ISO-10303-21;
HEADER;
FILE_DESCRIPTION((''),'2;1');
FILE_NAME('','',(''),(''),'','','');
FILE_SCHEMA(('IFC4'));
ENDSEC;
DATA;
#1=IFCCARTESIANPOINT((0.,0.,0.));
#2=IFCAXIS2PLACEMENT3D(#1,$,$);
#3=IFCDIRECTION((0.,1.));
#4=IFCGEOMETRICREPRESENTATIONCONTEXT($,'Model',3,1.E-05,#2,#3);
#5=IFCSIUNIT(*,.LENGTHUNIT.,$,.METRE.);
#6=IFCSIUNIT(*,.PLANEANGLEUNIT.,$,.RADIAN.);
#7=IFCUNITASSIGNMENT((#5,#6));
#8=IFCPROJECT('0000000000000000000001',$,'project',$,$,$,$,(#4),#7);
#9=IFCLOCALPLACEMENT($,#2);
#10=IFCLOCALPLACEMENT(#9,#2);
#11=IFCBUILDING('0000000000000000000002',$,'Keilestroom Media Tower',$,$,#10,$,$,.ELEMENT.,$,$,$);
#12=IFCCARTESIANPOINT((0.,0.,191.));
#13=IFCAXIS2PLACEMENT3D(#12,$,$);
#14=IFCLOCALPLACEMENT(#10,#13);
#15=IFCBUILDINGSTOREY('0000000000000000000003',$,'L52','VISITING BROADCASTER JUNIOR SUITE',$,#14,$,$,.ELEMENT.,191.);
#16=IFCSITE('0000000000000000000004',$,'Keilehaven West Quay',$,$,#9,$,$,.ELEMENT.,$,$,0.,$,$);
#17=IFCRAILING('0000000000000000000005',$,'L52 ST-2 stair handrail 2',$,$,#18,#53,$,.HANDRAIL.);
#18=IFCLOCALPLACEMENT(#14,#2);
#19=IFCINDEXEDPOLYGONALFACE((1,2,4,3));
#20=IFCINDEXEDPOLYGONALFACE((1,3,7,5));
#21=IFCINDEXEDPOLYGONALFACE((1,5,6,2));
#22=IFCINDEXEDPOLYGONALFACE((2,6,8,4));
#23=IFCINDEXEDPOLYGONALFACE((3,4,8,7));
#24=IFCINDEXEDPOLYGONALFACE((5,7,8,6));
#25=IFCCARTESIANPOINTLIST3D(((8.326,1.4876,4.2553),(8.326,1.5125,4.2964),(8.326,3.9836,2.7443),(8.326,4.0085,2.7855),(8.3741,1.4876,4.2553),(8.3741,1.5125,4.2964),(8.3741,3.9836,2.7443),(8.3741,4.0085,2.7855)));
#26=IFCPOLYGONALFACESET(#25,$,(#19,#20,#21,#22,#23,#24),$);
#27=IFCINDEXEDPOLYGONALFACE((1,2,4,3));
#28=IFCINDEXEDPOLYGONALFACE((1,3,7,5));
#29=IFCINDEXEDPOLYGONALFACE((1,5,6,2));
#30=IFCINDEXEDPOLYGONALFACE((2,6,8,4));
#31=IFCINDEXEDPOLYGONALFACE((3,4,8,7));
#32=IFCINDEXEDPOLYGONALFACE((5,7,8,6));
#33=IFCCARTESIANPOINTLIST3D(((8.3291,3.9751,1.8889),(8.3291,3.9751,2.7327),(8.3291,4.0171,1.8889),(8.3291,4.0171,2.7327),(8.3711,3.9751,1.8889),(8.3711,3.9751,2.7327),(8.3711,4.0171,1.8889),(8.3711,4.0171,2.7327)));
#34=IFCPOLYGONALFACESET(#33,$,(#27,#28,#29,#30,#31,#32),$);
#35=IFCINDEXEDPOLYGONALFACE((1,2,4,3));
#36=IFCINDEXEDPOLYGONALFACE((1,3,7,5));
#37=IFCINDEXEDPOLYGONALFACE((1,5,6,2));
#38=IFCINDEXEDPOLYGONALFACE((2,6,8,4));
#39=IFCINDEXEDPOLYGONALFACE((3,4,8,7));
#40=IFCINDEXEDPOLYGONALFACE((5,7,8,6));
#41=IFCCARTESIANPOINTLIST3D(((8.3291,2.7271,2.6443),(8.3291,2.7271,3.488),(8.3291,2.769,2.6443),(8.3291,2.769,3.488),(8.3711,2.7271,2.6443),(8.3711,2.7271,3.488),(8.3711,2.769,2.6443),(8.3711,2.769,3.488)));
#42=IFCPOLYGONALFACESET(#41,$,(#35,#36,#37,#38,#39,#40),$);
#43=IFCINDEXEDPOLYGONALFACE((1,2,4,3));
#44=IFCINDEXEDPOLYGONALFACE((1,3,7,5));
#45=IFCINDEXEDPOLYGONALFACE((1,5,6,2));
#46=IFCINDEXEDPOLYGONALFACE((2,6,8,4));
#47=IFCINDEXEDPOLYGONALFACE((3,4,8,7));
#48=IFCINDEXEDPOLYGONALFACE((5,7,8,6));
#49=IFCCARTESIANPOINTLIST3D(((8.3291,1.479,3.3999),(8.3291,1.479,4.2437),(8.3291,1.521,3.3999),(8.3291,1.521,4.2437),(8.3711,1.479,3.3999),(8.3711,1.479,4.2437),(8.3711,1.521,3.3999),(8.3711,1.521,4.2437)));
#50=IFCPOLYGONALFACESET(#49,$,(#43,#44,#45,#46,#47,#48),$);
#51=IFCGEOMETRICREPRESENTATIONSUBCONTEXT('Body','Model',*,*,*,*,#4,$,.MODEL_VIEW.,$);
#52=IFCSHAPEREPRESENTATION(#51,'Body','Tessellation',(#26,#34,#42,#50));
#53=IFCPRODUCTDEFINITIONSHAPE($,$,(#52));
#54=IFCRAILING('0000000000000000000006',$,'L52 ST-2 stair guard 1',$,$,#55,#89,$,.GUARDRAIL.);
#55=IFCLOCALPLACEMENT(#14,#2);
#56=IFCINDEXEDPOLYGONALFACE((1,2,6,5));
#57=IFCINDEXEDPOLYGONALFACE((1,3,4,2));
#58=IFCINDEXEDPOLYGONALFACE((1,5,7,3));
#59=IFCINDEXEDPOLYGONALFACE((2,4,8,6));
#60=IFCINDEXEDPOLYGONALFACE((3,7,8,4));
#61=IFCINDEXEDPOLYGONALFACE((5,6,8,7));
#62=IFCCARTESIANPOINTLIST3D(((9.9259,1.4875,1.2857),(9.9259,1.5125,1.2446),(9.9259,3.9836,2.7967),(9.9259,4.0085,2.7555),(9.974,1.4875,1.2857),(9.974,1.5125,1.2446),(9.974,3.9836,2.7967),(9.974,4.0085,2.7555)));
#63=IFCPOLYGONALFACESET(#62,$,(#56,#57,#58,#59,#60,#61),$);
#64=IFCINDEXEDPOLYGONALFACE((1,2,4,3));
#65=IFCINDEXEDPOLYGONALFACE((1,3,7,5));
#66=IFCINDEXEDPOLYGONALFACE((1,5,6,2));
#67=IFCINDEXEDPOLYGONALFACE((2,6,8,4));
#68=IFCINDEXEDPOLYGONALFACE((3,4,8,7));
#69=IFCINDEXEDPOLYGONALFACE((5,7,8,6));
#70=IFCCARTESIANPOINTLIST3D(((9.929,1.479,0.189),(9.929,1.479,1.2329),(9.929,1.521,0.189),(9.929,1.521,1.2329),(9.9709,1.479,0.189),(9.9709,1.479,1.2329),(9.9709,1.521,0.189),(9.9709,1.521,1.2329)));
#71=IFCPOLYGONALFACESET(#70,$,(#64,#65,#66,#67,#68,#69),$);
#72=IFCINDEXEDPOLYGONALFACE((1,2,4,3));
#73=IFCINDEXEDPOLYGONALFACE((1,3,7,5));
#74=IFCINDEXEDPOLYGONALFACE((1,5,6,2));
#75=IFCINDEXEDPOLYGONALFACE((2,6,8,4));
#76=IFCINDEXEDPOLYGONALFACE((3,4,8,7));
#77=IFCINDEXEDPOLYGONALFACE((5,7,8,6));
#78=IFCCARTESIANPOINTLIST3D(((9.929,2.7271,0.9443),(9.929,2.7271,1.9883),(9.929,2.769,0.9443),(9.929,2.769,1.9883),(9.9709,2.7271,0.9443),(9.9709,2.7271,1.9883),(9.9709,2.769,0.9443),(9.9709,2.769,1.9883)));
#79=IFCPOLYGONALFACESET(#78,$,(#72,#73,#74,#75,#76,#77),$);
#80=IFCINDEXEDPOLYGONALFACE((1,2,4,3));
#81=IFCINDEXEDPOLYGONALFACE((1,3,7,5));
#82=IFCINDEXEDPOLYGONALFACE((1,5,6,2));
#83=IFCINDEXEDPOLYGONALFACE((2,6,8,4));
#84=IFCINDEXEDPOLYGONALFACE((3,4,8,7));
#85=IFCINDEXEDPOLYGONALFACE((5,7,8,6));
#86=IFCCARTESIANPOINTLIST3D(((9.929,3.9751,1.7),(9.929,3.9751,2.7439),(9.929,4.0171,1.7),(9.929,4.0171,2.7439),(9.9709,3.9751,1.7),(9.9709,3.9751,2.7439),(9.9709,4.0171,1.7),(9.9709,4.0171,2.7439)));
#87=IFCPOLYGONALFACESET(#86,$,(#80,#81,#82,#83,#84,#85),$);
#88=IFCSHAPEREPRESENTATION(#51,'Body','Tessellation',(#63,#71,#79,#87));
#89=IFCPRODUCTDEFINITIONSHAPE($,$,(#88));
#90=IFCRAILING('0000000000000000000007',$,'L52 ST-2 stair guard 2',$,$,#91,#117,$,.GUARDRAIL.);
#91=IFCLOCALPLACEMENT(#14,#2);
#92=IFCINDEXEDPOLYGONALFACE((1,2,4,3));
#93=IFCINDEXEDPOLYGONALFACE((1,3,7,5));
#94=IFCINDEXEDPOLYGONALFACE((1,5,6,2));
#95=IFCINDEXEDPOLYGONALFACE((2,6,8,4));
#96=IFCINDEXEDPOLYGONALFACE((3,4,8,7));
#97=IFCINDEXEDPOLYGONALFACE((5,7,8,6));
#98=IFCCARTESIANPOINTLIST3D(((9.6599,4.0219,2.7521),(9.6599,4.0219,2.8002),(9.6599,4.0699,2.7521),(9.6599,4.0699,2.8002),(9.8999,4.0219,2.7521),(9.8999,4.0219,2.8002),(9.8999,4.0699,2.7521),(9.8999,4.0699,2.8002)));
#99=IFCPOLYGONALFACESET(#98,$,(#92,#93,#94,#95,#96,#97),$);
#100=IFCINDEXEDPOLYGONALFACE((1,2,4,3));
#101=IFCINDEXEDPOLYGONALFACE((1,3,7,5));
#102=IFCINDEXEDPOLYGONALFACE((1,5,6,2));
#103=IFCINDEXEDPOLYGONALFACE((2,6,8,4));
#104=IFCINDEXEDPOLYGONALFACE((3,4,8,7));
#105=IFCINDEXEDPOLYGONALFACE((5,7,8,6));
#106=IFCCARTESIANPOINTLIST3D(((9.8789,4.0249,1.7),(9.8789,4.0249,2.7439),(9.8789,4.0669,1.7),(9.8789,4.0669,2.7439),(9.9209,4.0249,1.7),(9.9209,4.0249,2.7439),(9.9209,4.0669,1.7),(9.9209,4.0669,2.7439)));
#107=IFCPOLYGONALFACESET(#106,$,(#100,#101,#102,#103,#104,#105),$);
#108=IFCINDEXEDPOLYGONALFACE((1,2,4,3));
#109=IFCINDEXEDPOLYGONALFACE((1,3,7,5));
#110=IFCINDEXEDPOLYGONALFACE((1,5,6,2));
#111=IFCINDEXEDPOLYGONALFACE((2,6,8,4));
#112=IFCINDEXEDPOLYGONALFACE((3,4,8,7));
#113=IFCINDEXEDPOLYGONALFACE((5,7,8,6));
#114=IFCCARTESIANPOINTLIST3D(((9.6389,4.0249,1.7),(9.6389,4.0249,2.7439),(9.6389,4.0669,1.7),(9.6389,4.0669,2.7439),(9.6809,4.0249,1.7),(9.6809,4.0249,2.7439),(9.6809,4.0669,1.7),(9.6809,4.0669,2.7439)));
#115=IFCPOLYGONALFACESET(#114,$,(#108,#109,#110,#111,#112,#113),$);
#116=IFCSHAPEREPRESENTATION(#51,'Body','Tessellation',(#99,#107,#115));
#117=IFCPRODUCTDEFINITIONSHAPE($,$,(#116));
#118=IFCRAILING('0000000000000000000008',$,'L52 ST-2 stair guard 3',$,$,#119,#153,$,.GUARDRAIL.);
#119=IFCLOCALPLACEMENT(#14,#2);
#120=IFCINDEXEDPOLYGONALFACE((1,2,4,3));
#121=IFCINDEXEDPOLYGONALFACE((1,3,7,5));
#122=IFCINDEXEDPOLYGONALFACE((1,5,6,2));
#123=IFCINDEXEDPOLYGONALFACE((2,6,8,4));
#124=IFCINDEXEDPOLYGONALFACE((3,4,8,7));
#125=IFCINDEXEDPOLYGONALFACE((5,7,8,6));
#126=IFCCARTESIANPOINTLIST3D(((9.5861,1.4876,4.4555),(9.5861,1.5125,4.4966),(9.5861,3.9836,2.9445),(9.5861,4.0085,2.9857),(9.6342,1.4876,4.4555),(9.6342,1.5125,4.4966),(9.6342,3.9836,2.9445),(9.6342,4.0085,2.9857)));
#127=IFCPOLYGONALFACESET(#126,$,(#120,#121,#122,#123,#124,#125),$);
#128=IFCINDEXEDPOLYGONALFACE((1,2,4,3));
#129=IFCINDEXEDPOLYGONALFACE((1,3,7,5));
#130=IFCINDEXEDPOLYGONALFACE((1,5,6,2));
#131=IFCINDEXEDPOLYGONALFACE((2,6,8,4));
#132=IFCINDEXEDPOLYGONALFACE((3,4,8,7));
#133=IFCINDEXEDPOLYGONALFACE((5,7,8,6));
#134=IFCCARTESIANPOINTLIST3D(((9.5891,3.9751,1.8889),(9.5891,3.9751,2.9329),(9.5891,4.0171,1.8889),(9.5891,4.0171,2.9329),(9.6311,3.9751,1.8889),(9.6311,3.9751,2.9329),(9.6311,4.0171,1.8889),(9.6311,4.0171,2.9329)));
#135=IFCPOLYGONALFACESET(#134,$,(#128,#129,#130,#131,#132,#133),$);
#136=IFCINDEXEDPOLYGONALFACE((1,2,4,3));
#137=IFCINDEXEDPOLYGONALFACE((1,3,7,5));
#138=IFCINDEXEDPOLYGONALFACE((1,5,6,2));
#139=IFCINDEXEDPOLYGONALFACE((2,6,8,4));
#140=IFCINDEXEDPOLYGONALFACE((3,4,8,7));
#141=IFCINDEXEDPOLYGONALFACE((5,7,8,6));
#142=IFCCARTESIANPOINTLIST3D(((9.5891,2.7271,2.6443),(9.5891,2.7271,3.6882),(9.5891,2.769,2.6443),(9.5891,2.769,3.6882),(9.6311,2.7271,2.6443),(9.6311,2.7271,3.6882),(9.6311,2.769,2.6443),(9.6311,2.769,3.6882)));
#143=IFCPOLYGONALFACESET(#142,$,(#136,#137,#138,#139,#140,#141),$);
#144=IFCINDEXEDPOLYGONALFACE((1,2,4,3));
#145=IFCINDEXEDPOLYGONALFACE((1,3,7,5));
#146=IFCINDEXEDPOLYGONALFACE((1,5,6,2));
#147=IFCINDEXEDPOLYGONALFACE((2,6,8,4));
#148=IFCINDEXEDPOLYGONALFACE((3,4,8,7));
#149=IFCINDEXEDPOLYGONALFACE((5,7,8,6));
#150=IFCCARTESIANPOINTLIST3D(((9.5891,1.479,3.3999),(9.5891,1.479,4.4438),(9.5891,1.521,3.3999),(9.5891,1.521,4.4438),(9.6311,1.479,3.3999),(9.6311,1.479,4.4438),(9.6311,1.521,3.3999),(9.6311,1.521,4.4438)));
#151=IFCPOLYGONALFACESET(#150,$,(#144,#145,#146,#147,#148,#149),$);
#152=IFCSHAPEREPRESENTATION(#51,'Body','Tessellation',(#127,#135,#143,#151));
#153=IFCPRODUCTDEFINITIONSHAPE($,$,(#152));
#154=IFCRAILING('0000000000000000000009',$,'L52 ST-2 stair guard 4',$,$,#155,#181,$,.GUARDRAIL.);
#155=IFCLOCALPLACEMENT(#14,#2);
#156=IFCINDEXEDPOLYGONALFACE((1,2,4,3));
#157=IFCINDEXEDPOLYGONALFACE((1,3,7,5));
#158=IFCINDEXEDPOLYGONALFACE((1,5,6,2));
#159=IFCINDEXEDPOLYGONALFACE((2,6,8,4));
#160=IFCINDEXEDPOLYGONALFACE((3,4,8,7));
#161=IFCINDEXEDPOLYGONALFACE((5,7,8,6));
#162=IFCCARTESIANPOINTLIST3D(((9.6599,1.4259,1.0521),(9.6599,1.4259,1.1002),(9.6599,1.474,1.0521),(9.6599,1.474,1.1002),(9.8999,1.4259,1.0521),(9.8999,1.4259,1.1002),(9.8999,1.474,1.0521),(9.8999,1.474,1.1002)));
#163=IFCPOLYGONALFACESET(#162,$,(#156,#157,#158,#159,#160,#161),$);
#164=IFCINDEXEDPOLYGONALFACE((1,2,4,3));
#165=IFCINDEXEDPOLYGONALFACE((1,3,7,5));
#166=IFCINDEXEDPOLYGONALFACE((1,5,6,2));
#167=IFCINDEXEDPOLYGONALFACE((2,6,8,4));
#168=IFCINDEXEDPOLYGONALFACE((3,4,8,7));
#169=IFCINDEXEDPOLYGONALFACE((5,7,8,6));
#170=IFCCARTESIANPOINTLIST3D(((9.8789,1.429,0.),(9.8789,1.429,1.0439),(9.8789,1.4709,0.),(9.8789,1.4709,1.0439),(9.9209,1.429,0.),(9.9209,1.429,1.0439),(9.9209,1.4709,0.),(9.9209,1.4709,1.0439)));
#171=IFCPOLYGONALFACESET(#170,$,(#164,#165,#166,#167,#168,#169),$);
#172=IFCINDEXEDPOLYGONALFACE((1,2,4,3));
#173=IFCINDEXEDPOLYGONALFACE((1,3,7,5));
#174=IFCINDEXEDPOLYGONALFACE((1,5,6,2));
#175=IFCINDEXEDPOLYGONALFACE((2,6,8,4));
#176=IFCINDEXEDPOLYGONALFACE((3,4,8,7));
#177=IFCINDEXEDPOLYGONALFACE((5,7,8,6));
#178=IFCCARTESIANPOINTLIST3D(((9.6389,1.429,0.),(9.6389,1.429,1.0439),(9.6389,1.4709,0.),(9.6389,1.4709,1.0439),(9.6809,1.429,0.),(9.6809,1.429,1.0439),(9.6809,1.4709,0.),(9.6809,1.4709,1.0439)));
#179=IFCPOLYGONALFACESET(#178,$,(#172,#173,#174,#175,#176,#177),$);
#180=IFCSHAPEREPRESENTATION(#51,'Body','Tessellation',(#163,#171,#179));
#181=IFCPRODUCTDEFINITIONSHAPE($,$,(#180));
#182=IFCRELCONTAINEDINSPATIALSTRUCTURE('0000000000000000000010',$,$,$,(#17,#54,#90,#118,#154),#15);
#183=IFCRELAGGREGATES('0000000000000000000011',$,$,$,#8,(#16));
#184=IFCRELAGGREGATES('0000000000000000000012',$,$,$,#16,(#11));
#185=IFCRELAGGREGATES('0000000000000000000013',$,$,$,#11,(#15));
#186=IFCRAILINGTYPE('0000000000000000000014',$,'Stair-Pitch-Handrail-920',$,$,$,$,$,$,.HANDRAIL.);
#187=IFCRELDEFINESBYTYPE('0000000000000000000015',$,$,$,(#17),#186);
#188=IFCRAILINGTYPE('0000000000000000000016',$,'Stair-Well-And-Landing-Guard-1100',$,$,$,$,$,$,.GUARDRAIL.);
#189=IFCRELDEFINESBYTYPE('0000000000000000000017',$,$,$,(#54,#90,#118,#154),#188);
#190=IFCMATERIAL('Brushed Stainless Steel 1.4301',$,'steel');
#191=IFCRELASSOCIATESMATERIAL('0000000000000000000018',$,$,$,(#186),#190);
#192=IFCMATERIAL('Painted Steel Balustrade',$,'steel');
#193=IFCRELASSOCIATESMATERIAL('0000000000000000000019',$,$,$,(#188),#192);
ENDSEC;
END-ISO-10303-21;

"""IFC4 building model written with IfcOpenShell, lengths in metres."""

from ifc_helpers import new_model, si_unit, direction, frame, origin, origin_2d, place, context, subcontext, project, spatial, rectangle, extrude, material, type_object, element, save


model = new_model("IFC4")

# Units and contexts
model_context = context("Model", 3, precision=1e-05, world=origin(), true_north=direction((0.0, 1.0)))
body_context = subcontext(model_context, "Body", "Model", "MODEL_VIEW")
ifc_project = project(units=[si_unit("LENGTHUNIT", "METRE"), si_unit("PLANEANGLEUNIT", "RADIAN")], contexts=[model_context])

# Site, building, storey
site_placement = place(None, origin())
site = spatial("IfcSite", under=ifc_project, at=site_placement, Name="Keilehaven West Quay", CompositionType="ELEMENT", RefElevation=0.0)
building_placement = place(site_placement, origin())
building = spatial("IfcBuilding", under=site, at=building_placement, Name="Keilestroom Media Tower", CompositionType="ELEMENT")
storey_placement = place(building_placement, frame((0.0, 0.0, 191.0)))
storey = spatial("IfcBuildingStorey", under=building, at=storey_placement, Name="L52", Description="VISITING BROADCASTER JUNIOR SUITE", CompositionType="ELEMENT", Elevation=191.0)

# Railings
ifc_material_1 = material(Name="Brushed Stainless Steel 1.4301", Category="steel")
railing_type_1 = type_object("IfcRailingType", Name="Stair-Pitch-Handrail-920", PredefinedType="HANDRAIL", material=ifc_material_1)
railing_1_placement = place(storey_placement, frame((8.3501, 3.9961, 1.8889)))
element("IfcRailing", 1, at=railing_1_placement, inside=storey, type_object=railing_type_1, Name="L52 ST-2 stair handrail 2", PredefinedType="HANDRAIL", context=body_context, shape_type="SweptSolid", body=[
    extrude(rectangle(XDim=0.0481, YDim=0.0481, at=origin_2d()), frame((0.0, 0.0, 0.876), z_axis=(0.0, -0.855471, 0.517851), x_axis=(1.0, 0.0, 0.0)), (0.0, 0.0, 1.0), 2.9177),
    extrude(rectangle(XDim=0.042, YDim=0.042, at=origin_2d()), origin(), (0.0, 0.0, 1.0), 0.8438),
    extrude(rectangle(XDim=0.042, YDim=0.042, at=origin_2d()), frame((0.0, -1.248, 0.7554)), (0.0, 0.0, 1.0), 0.8438),
    extrude(rectangle(XDim=0.042, YDim=0.042, at=origin_2d()), frame((0.0, -2.4961, 1.511)), (0.0, 0.0, 1.0), 0.8438),
])
ifc_material_2 = material(Name="Painted Steel Balustrade", Category="steel")
railing_type_2 = type_object("IfcRailingType", Name="Stair-Well-And-Landing-Guard-1100", PredefinedType="GUARDRAIL", material=ifc_material_2)
railing_2_placement = place(storey_placement, frame((9.95, 1.5, 0.189)))
element("IfcRailing", 2, at=railing_2_placement, inside=storey, type_object=railing_type_2, Name="L52 ST-2 stair guard 1", PredefinedType="GUARDRAIL", context=body_context, shape_type="SweptSolid", body=[
    extrude(rectangle(XDim=0.0481, YDim=0.0481, at=origin_2d()), frame((0.0, 0.0, 1.0762), z_axis=(0.0, 0.855471, 0.517851), x_axis=(-1.0, 0.0, 0.0)), (0.0, 0.0, 1.0), 2.9177),
    extrude(rectangle(XDim=0.042, YDim=0.042, at=origin_2d()), origin(), (0.0, 0.0, 1.0), 1.0439),
    extrude(rectangle(XDim=0.042, YDim=0.042, at=origin_2d()), frame((0.0, 1.248, 0.7554)), (0.0, 0.0, 1.0), 1.0439),
    extrude(rectangle(XDim=0.042, YDim=0.042, at=origin_2d()), frame((0.0, 2.4961, 1.511)), (0.0, 0.0, 1.0), 1.0439),
])
railing_3_placement = place(storey_placement, frame((9.8999, 4.0459, 1.7)))
element("IfcRailing", 3, at=railing_3_placement, inside=storey, type_object=railing_type_2, Name="L52 ST-2 stair guard 2", PredefinedType="GUARDRAIL", context=body_context, shape_type="SweptSolid", body=[
    extrude(rectangle(XDim=0.0481, YDim=0.0481, at=origin_2d()), frame((0.0, 0.0, 1.0762), z_axis=(-1.0, 0.0, 0.0), x_axis=(0.0, -1.0, 0.0)), (0.0, 0.0, 1.0), 0.24),
    extrude(rectangle(XDim=0.042, YDim=0.042, at=origin_2d()), origin(), (0.0, 0.0, 1.0), 1.0439),
    extrude(rectangle(XDim=0.042, YDim=0.042, at=origin_2d()), frame((-0.24, 0.0, 0.0)), (0.0, 0.0, 1.0), 1.0439),
])
railing_4_placement = place(storey_placement, frame((9.6101, 3.9961, 1.8889)))
element("IfcRailing", 4, at=railing_4_placement, inside=storey, type_object=railing_type_2, Name="L52 ST-2 stair guard 3", PredefinedType="GUARDRAIL", context=body_context, shape_type="SweptSolid", body=[
    extrude(rectangle(XDim=0.0481, YDim=0.0481, at=origin_2d()), frame((0.0, 0.0, 1.0762), z_axis=(0.0, -0.855471, 0.517851), x_axis=(1.0, 0.0, 0.0)), (0.0, 0.0, 1.0), 2.9177),
    extrude(rectangle(XDim=0.042, YDim=0.042, at=origin_2d()), origin(), (0.0, 0.0, 1.0), 1.0439),
    extrude(rectangle(XDim=0.042, YDim=0.042, at=origin_2d()), frame((0.0, -1.248, 0.7554)), (0.0, 0.0, 1.0), 1.0439),
    extrude(rectangle(XDim=0.042, YDim=0.042, at=origin_2d()), frame((0.0, -2.4961, 1.511)), (0.0, 0.0, 1.0), 1.0439),
])
railing_5_placement = place(storey_placement, frame((9.8999, 1.45, 0.0)))
element("IfcRailing", 5, at=railing_5_placement, inside=storey, type_object=railing_type_2, Name="L52 ST-2 stair guard 4", PredefinedType="GUARDRAIL", context=body_context, shape_type="SweptSolid", body=[
    extrude(rectangle(XDim=0.0481, YDim=0.0481, at=origin_2d()), frame((0.0, 0.0, 1.0762), z_axis=(-1.0, 0.0, 0.0), x_axis=(0.0, -1.0, 0.0)), (0.0, 0.0, 1.0), 0.24),
    extrude(rectangle(XDim=0.042, YDim=0.042, at=origin_2d()), origin(), (0.0, 0.0, 1.0), 1.0439),
    extrude(rectangle(XDim=0.042, YDim=0.042, at=origin_2d()), frame((-0.24, 0.0, 0.0)), (0.0, 0.0, 1.0), 1.0439),
])

save(model, "model.ifc")
